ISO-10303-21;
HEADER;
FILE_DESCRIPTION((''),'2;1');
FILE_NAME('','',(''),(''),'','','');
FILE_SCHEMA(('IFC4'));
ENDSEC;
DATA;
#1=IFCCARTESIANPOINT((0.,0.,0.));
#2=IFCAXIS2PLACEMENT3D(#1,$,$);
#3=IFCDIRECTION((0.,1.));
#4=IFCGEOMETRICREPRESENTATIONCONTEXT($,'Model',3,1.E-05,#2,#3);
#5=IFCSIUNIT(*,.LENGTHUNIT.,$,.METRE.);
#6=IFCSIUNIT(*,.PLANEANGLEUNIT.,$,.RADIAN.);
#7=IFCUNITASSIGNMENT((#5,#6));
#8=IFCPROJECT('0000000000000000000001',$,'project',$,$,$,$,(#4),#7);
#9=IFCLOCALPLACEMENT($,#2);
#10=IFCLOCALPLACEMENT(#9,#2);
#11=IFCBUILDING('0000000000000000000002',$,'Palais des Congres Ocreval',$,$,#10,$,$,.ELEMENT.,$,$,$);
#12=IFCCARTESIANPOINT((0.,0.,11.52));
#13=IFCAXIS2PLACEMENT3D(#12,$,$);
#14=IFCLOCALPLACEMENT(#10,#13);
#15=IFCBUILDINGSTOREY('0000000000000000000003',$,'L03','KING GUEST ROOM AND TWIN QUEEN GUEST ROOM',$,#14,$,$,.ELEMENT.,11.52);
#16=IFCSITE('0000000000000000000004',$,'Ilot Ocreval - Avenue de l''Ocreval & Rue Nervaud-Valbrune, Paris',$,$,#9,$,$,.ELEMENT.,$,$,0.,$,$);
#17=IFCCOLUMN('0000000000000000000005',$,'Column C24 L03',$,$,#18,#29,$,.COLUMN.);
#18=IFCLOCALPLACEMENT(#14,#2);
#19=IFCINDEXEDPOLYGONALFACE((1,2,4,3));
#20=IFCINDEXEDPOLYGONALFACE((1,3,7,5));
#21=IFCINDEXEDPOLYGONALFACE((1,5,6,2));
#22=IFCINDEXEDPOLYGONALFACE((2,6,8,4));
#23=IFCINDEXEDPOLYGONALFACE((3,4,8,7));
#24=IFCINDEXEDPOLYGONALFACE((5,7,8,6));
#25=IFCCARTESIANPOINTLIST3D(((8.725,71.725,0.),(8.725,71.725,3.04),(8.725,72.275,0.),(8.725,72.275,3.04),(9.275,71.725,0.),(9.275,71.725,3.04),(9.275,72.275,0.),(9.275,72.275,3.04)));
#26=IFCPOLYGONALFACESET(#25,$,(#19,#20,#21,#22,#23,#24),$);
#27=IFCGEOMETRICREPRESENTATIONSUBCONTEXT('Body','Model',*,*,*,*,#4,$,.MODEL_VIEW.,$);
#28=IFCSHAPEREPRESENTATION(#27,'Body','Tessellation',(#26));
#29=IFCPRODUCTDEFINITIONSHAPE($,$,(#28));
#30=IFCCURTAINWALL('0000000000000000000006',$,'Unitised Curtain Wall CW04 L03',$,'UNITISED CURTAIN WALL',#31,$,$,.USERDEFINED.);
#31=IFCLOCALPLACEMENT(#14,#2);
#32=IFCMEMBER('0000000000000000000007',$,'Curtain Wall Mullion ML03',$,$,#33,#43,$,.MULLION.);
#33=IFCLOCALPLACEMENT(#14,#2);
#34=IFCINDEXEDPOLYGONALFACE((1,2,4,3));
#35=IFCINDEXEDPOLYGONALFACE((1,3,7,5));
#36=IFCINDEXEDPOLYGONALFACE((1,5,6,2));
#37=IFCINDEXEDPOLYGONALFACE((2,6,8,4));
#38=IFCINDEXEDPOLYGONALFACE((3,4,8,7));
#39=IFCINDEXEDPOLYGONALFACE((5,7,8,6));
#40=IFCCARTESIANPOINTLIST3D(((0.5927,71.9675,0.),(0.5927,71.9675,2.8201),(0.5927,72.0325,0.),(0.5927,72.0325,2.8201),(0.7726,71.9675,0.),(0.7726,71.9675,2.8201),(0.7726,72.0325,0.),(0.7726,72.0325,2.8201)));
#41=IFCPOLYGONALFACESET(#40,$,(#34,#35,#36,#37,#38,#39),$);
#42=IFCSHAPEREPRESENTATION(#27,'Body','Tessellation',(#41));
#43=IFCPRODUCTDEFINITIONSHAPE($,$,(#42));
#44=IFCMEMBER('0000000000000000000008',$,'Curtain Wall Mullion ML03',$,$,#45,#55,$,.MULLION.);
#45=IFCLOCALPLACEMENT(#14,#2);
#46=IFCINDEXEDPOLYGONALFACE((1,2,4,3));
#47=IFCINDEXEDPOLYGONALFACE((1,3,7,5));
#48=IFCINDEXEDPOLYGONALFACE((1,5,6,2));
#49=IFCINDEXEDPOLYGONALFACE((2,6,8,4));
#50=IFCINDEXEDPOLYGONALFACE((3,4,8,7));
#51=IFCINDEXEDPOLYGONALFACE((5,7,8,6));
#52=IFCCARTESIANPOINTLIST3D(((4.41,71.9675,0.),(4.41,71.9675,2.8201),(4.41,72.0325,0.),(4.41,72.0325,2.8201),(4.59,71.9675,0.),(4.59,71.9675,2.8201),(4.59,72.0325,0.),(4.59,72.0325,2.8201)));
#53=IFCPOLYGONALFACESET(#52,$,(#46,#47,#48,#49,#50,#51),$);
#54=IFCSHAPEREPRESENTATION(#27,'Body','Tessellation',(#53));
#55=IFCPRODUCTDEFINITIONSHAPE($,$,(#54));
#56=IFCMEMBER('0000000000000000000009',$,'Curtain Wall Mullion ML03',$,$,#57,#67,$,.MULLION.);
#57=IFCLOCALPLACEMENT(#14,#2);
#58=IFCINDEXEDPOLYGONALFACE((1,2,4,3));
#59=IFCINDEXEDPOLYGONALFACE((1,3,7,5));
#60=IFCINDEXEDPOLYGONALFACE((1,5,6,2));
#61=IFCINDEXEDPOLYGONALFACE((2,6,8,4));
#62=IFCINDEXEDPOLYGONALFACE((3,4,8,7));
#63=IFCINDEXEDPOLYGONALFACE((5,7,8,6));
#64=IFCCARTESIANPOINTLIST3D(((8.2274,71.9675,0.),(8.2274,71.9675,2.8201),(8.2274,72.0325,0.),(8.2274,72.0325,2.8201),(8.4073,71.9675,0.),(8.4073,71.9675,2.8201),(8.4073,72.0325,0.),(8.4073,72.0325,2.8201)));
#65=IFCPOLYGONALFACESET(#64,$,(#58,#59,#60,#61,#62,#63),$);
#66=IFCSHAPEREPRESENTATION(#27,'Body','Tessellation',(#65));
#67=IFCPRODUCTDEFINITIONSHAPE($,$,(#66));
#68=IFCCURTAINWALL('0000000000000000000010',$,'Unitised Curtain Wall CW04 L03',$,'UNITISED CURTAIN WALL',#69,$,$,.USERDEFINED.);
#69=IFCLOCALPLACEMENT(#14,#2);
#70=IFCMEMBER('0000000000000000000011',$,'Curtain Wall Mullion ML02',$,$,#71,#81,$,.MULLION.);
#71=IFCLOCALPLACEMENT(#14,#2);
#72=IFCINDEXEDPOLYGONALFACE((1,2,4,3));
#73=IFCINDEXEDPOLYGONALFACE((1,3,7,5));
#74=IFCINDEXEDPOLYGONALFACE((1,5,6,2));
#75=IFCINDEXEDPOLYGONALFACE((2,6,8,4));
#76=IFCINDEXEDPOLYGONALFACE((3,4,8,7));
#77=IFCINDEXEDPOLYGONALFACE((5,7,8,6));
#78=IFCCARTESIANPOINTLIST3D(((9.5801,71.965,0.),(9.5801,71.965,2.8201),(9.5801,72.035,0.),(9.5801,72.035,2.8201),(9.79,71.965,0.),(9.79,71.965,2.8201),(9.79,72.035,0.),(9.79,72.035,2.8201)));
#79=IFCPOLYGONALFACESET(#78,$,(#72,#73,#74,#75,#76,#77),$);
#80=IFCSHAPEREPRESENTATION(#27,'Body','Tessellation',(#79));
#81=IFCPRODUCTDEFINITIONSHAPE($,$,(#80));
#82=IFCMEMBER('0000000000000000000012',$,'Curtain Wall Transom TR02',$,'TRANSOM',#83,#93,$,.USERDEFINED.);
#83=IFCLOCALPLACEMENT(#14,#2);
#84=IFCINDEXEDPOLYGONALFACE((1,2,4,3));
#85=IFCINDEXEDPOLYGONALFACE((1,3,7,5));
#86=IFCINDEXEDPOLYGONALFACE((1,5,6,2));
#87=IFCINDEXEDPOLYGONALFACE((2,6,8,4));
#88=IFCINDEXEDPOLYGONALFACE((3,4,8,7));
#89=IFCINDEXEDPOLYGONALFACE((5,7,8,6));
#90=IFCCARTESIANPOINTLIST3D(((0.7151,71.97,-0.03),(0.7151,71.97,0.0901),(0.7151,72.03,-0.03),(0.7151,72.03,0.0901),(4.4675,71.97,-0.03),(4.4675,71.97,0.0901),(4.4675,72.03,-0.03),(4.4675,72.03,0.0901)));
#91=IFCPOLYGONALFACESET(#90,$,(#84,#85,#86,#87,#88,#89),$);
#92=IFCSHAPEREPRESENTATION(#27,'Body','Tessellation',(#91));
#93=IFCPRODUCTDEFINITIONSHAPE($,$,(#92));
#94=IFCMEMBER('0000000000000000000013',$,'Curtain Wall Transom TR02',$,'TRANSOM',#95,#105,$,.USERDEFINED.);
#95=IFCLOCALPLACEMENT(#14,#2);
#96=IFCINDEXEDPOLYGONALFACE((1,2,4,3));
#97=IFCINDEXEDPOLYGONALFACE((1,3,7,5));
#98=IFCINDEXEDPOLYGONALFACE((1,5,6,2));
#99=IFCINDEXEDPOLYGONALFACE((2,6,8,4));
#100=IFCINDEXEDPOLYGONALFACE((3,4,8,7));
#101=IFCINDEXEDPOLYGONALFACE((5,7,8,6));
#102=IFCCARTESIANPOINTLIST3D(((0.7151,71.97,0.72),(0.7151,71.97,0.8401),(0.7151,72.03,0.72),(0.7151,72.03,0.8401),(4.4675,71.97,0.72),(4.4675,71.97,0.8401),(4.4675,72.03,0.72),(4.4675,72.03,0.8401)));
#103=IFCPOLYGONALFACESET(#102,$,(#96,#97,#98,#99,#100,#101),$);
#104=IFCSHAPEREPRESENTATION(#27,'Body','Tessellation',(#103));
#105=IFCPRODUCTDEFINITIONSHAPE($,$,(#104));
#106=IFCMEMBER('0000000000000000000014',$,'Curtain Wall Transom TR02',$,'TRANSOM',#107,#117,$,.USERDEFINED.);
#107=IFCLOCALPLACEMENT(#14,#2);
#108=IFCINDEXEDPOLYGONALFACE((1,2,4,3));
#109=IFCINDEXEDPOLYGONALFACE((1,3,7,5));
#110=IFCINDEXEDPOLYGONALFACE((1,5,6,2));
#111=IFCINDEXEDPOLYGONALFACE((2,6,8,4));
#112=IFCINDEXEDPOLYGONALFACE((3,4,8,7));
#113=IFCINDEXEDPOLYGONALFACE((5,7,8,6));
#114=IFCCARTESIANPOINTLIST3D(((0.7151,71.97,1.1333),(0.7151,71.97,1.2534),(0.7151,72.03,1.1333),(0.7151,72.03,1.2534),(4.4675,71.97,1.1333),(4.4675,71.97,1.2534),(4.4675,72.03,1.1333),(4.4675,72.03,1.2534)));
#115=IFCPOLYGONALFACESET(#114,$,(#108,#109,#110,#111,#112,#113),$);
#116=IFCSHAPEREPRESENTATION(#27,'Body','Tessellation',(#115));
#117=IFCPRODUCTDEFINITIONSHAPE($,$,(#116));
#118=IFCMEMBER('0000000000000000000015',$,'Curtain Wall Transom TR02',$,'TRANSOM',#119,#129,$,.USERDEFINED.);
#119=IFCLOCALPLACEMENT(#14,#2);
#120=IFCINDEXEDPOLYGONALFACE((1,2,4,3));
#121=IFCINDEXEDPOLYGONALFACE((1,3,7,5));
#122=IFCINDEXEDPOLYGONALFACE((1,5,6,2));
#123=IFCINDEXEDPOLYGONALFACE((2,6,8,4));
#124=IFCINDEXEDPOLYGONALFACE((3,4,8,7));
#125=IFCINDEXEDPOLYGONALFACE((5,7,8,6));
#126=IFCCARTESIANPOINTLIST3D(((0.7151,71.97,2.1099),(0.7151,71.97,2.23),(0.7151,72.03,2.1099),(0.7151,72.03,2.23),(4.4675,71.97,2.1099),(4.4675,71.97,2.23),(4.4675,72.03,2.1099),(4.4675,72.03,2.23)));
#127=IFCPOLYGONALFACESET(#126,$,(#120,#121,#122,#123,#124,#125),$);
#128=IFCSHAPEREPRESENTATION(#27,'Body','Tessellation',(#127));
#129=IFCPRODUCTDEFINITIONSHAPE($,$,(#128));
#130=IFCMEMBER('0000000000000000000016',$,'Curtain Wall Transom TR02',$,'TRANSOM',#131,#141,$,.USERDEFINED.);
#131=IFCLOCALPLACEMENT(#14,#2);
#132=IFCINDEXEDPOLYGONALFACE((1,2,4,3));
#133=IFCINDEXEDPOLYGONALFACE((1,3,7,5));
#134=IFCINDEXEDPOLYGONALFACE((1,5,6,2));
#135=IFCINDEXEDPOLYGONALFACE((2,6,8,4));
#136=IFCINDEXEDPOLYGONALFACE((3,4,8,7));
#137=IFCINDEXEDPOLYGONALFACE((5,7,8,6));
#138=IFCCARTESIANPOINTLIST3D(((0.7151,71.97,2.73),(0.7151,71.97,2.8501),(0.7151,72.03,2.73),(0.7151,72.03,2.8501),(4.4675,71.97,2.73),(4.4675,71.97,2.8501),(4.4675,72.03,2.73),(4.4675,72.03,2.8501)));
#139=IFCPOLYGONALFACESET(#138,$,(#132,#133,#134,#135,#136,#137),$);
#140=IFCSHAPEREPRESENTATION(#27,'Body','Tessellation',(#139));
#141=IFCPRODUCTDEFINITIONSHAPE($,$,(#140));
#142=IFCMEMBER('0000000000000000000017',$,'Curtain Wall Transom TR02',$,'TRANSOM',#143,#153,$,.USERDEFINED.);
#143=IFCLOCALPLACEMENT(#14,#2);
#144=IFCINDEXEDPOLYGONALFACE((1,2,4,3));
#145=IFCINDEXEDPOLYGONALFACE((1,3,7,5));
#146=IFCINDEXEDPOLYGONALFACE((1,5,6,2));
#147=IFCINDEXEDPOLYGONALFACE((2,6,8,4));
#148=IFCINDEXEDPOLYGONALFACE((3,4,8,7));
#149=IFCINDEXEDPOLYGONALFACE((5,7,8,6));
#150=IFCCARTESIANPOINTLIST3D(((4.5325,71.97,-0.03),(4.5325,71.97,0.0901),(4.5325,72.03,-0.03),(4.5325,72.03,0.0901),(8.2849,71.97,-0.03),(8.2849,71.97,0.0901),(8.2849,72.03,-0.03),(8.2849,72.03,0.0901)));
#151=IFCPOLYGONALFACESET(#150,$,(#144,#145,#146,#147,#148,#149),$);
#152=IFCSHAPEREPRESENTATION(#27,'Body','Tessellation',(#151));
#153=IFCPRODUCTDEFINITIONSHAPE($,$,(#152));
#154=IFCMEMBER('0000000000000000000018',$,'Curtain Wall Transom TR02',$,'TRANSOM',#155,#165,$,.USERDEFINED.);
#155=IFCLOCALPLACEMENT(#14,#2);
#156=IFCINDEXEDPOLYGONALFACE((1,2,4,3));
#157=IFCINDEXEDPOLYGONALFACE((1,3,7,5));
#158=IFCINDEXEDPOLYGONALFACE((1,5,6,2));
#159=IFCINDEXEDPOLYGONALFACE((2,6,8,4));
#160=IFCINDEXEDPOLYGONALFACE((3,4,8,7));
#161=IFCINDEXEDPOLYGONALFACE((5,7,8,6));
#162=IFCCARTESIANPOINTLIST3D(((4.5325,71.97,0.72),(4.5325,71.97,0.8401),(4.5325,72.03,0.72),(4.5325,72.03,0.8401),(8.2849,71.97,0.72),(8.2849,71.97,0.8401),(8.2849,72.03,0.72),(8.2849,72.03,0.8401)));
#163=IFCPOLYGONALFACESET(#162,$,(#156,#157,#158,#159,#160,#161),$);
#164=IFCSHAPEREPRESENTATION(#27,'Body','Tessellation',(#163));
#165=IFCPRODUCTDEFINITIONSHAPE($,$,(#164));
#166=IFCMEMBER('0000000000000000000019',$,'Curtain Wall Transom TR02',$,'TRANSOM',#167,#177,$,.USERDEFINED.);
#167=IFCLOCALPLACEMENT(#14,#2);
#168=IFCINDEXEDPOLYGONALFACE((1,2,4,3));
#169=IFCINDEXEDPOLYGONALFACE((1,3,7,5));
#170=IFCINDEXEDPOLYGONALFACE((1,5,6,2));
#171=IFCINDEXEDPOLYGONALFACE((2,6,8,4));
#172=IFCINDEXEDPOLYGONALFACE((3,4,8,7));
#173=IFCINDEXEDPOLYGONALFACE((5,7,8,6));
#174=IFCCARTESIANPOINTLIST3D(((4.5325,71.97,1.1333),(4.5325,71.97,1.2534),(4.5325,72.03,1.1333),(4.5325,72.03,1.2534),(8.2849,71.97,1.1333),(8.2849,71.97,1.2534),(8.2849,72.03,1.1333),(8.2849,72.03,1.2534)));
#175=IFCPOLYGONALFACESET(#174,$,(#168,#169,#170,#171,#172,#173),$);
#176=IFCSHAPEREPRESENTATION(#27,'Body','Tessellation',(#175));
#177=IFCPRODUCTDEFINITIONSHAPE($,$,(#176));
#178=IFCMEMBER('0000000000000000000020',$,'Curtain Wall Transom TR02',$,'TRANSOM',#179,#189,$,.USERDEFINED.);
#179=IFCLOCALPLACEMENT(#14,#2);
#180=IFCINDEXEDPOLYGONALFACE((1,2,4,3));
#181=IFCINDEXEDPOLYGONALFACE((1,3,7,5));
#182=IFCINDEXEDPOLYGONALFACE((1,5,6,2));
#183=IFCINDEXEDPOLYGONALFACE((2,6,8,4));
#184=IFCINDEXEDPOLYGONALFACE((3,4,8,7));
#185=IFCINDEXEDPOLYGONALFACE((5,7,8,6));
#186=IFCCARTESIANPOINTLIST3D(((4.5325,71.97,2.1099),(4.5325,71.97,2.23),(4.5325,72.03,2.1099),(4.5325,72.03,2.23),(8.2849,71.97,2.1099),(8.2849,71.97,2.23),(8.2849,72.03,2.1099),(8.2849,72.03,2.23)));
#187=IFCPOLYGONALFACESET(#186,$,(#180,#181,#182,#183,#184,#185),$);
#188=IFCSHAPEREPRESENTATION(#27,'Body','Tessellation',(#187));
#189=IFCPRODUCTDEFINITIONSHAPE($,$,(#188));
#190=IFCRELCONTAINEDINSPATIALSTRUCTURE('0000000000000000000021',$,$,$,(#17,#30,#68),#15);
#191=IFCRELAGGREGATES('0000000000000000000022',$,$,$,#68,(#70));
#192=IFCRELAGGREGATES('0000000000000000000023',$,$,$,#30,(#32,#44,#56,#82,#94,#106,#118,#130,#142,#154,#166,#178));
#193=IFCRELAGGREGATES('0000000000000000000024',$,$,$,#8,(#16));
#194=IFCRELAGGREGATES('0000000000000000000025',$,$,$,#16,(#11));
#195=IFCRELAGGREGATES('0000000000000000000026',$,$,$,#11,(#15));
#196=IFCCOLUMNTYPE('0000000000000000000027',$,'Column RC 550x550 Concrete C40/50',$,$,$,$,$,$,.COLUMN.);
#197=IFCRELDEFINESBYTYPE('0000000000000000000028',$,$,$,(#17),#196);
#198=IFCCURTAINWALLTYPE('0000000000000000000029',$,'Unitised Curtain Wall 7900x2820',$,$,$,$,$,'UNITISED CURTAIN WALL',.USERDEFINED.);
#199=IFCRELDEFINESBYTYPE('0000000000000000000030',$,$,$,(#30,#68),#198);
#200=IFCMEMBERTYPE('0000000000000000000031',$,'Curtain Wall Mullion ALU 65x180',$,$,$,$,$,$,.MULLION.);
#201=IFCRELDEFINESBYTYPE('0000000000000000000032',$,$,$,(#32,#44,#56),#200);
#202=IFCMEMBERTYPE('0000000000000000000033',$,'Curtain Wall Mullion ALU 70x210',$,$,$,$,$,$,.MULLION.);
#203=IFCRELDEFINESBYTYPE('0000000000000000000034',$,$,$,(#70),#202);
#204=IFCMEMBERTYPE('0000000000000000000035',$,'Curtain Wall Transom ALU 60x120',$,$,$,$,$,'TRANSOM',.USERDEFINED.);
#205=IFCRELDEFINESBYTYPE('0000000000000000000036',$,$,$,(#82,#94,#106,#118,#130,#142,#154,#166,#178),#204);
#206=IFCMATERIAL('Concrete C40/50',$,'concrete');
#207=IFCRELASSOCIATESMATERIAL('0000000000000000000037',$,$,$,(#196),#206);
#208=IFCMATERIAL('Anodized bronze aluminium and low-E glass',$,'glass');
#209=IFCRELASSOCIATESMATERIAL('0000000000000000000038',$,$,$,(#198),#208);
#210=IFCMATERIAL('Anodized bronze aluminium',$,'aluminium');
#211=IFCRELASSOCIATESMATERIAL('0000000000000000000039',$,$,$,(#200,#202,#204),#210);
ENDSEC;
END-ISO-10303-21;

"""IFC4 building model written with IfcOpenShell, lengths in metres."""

from ifc_helpers import new_model, si_unit, direction, frame, origin, origin_2d, place, context, subcontext, project, spatial, rectangle, extrude, material, material_profile, profile_set, type_object, element, aggregate, save


model = new_model("IFC4")

# Units and contexts
model_context = context("Model", 3, precision=1e-05, world=origin(), true_north=direction((0.0, 1.0)))
body_context = subcontext(model_context, "Body", "Model", "MODEL_VIEW")
ifc_project = project(units=[si_unit("LENGTHUNIT", "METRE"), si_unit("PLANEANGLEUNIT", "RADIAN")], contexts=[model_context])

# Site, building, storey
site_placement = place(None, origin())
site = spatial("IfcSite", under=ifc_project, at=site_placement, Name="Ilot Ocreval - Avenue de l'Ocreval & Rue Nervaud-Valbrune, Paris", CompositionType="ELEMENT", RefElevation=0.0)
building_placement = place(site_placement, origin())
building = spatial("IfcBuilding", under=site, at=building_placement, Name="Palais des Congres Ocreval", CompositionType="ELEMENT")
storey_placement = place(building_placement, frame((0.0, 0.0, 11.52)))
storey = spatial("IfcBuildingStorey", under=building, at=storey_placement, Name="L03", Description="KING GUEST ROOM AND TWIN QUEEN GUEST ROOM", CompositionType="ELEMENT", Elevation=11.52)

# Column
ifc_material_1 = material(Name="Concrete C40/50", Category="concrete")
ifc_material_profile_1 = material_profile(ifc_material_1, rectangle(XDim=0.55, YDim=0.55, at=origin_2d()), Name="RC 550x550")
ifc_profile_set_1 = profile_set([ifc_material_profile_1], Name="Concrete C40/50")
column_type = type_object("IfcColumnType", Name="Column RC 550x550 Concrete C40/50", PredefinedType="COLUMN", material=ifc_profile_set_1)
column_placement = place(storey_placement, frame((9.0, 72.0, 0.0), z_axis=(0.0, 0.0, 1.0), x_axis=(1.0, 0.0, 0.0)))
element("IfcColumn", 1, at=column_placement, inside=storey, type_object=column_type, Name="Column C24 L03", PredefinedType="COLUMN", context=body_context, shape_type="SweptSolid", body=[
    extrude(rectangle(XDim=0.55, YDim=0.55, at=origin_2d()), origin(), (0.0, 0.0, 1.0), 3.04),
])

# Curtain wall, members
ifc_material_2 = material(Name="Anodized bronze aluminium and low-E glass", Category="glass")
curtain_wall_type = type_object("IfcCurtainWallType", Name="Unitised Curtain Wall 7900x2820", ElementType="UNITISED CURTAIN WALL", PredefinedType="USERDEFINED", material=ifc_material_2)
curtain_wall_1_placement = place(storey_placement, origin())
curtain_wall_1 = element("IfcCurtainWall", 2, at=curtain_wall_1_placement, inside=storey, type_object=curtain_wall_type, Name="Unitised Curtain Wall CW04 L03", ObjectType="UNITISED CURTAIN WALL", PredefinedType="USERDEFINED")
ifc_material_3 = material(Name="Anodized bronze aluminium", Category="aluminium")
ifc_material_profile_2 = material_profile(ifc_material_3, rectangle(XDim=0.0649, YDim=0.1799, at=origin_2d()), Name="ALU 65x180")
ifc_profile_set_2 = profile_set([ifc_material_profile_2], Name="Anodized bronze aluminium")
member_type_1 = type_object("IfcMemberType", Name="Curtain Wall Mullion ALU 65x180", PredefinedType="MULLION", material=ifc_profile_set_2)
member_1_placement = place(storey_placement, frame((0.6826, 72.0, 0.0), z_axis=(0.0, 0.0, 1.0), x_axis=(0.0, 1.0, 0.0)))
member_1 = element("IfcMember", 3, at=member_1_placement, type_object=member_type_1, Name="Curtain Wall Mullion ML03", PredefinedType="MULLION", context=body_context, shape_type="SweptSolid", body=[
    extrude(rectangle(XDim=0.0649, YDim=0.1799, at=origin_2d()), origin(), (0.0, 0.0, 1.0), 2.8201),
])
member_2_placement = place(storey_placement, frame((4.5, 72.0, 0.0), z_axis=(0.0, 0.0, 1.0), x_axis=(0.0, 1.0, 0.0)))
member_2 = element("IfcMember", 4, at=member_2_placement, type_object=member_type_1, Name="Curtain Wall Mullion ML03", PredefinedType="MULLION", context=body_context, shape_type="SweptSolid", body=[
    extrude(rectangle(XDim=0.0649, YDim=0.1799, at=origin_2d()), origin(), (0.0, 0.0, 1.0), 2.8201),
])
member_3_placement = place(storey_placement, frame((8.3174, 72.0, 0.0), z_axis=(0.0, 0.0, 1.0), x_axis=(0.0, 1.0, 0.0)))
member_3 = element("IfcMember", 5, at=member_3_placement, type_object=member_type_1, Name="Curtain Wall Mullion ML03", PredefinedType="MULLION", context=body_context, shape_type="SweptSolid", body=[
    extrude(rectangle(XDim=0.0649, YDim=0.1799, at=origin_2d()), origin(), (0.0, 0.0, 1.0), 2.8201),
])

# Curtain wall, member
curtain_wall_2_placement = place(storey_placement, origin())
curtain_wall_2 = element("IfcCurtainWall", 6, at=curtain_wall_2_placement, inside=storey, type_object=curtain_wall_type, Name="Unitised Curtain Wall CW04 L03", ObjectType="UNITISED CURTAIN WALL", PredefinedType="USERDEFINED")
ifc_material_profile_3 = material_profile(ifc_material_3, rectangle(XDim=0.0701, YDim=0.21, at=origin_2d()), Name="ALU 70x210")
ifc_profile_set_3 = profile_set([ifc_material_profile_3], Name="Anodized bronze aluminium")
member_type_2 = type_object("IfcMemberType", Name="Curtain Wall Mullion ALU 70x210", PredefinedType="MULLION", material=ifc_profile_set_3)
member_4_placement = place(storey_placement, frame((9.6851, 72.0, 0.0), z_axis=(0.0, 0.0, 1.0), x_axis=(0.0, 1.0, 0.0)))
member_4 = element("IfcMember", 7, at=member_4_placement, type_object=member_type_2, Name="Curtain Wall Mullion ML02", PredefinedType="MULLION", context=body_context, shape_type="SweptSolid", body=[
    extrude(rectangle(XDim=0.0701, YDim=0.21, at=origin_2d()), origin(), (0.0, 0.0, 1.0), 2.8201),
])

# Members
ifc_material_profile_4 = material_profile(ifc_material_3, rectangle(XDim=0.0601, YDim=0.1201, at=origin_2d()), Name="ALU 60x120")
ifc_profile_set_4 = profile_set([ifc_material_profile_4], Name="Anodized bronze aluminium")
member_type_3 = type_object("IfcMemberType", Name="Curtain Wall Transom ALU 60x120", ElementType="TRANSOM", PredefinedType="USERDEFINED", material=ifc_profile_set_4)
member_5_placement = place(storey_placement, frame((0.7151, 72.0, 0.03), z_axis=(1.0, 0.0, 0.0), x_axis=(0.0, 1.0, 0.0)))
member_5 = element("IfcMember", 8, at=member_5_placement, type_object=member_type_3, Name="Curtain Wall Transom TR02", ObjectType="TRANSOM", PredefinedType="USERDEFINED", context=body_context, shape_type="SweptSolid", body=[
    extrude(rectangle(XDim=0.0601, YDim=0.1201, at=origin_2d()), origin(), (0.0, 0.0, 1.0), 3.7524),
])
member_6_placement = place(storey_placement, frame((0.7151, 72.0, 0.78), z_axis=(1.0, 0.0, 0.0), x_axis=(0.0, 1.0, 0.0)))
member_6 = element("IfcMember", 9, at=member_6_placement, type_object=member_type_3, Name="Curtain Wall Transom TR02", ObjectType="TRANSOM", PredefinedType="USERDEFINED", context=body_context, shape_type="SweptSolid", body=[
    extrude(rectangle(XDim=0.0601, YDim=0.1201, at=origin_2d()), origin(), (0.0, 0.0, 1.0), 3.7524),
])
member_7_placement = place(storey_placement, frame((0.7151, 72.0, 1.1934), z_axis=(1.0, 0.0, 0.0), x_axis=(0.0, 1.0, 0.0)))
member_7 = element("IfcMember", 10, at=member_7_placement, type_object=member_type_3, Name="Curtain Wall Transom TR02", ObjectType="TRANSOM", PredefinedType="USERDEFINED", context=body_context, shape_type="SweptSolid", body=[
    extrude(rectangle(XDim=0.0601, YDim=0.1201, at=origin_2d()), origin(), (0.0, 0.0, 1.0), 3.7524),
])
member_8_placement = place(storey_placement, frame((0.7151, 72.0, 2.1699), z_axis=(1.0, 0.0, 0.0), x_axis=(0.0, 1.0, 0.0)))
member_8 = element("IfcMember", 11, at=member_8_placement, type_object=member_type_3, Name="Curtain Wall Transom TR02", ObjectType="TRANSOM", PredefinedType="USERDEFINED", context=body_context, shape_type="SweptSolid", body=[
    extrude(rectangle(XDim=0.0601, YDim=0.1201, at=origin_2d()), origin(), (0.0, 0.0, 1.0), 3.7524),
])
member_9_placement = place(storey_placement, frame((0.7151, 72.0, 2.79), z_axis=(1.0, 0.0, 0.0), x_axis=(0.0, 1.0, 0.0)))
member_9 = element("IfcMember", 12, at=member_9_placement, type_object=member_type_3, Name="Curtain Wall Transom TR02", ObjectType="TRANSOM", PredefinedType="USERDEFINED", context=body_context, shape_type="SweptSolid", body=[
    extrude(rectangle(XDim=0.0601, YDim=0.1201, at=origin_2d()), origin(), (0.0, 0.0, 1.0), 3.7524),
])
member_10_placement = place(storey_placement, frame((4.5325, 72.0, 0.03), z_axis=(1.0, 0.0, 0.0), x_axis=(0.0, 1.0, 0.0)))
member_10 = element("IfcMember", 13, at=member_10_placement, type_object=member_type_3, Name="Curtain Wall Transom TR02", ObjectType="TRANSOM", PredefinedType="USERDEFINED", context=body_context, shape_type="SweptSolid", body=[
    extrude(rectangle(XDim=0.0601, YDim=0.1201, at=origin_2d()), origin(), (0.0, 0.0, 1.0), 3.7524),
])
member_11_placement = place(storey_placement, frame((4.5325, 72.0, 0.78), z_axis=(1.0, 0.0, 0.0), x_axis=(0.0, 1.0, 0.0)))
member_11 = element("IfcMember", 14, at=member_11_placement, type_object=member_type_3, Name="Curtain Wall Transom TR02", ObjectType="TRANSOM", PredefinedType="USERDEFINED", context=body_context, shape_type="SweptSolid", body=[
    extrude(rectangle(XDim=0.0601, YDim=0.1201, at=origin_2d()), origin(), (0.0, 0.0, 1.0), 3.7524),
])
member_12_placement = place(storey_placement, frame((4.5325, 72.0, 1.1934), z_axis=(1.0, 0.0, 0.0), x_axis=(0.0, 1.0, 0.0)))
member_12 = element("IfcMember", 15, at=member_12_placement, type_object=member_type_3, Name="Curtain Wall Transom TR02", ObjectType="TRANSOM", PredefinedType="USERDEFINED", context=body_context, shape_type="SweptSolid", body=[
    extrude(rectangle(XDim=0.0601, YDim=0.1201, at=origin_2d()), origin(), (0.0, 0.0, 1.0), 3.7524),
])
member_13_placement = place(storey_placement, frame((4.5325, 72.0, 2.1699), z_axis=(1.0, 0.0, 0.0), x_axis=(0.0, 1.0, 0.0)))
member_13 = element("IfcMember", 16, at=member_13_placement, type_object=member_type_3, Name="Curtain Wall Transom TR02", ObjectType="TRANSOM", PredefinedType="USERDEFINED", context=body_context, shape_type="SweptSolid", body=[
    extrude(rectangle(XDim=0.0601, YDim=0.1201, at=origin_2d()), origin(), (0.0, 0.0, 1.0), 3.7524),
])
aggregate(curtain_wall_2, [member_4])

aggregate(curtain_wall_1, [member_1, member_2, member_3, member_5, member_6, member_7, member_8, member_9, member_10, member_11, member_12, member_13])

save(model, "model.ifc")
